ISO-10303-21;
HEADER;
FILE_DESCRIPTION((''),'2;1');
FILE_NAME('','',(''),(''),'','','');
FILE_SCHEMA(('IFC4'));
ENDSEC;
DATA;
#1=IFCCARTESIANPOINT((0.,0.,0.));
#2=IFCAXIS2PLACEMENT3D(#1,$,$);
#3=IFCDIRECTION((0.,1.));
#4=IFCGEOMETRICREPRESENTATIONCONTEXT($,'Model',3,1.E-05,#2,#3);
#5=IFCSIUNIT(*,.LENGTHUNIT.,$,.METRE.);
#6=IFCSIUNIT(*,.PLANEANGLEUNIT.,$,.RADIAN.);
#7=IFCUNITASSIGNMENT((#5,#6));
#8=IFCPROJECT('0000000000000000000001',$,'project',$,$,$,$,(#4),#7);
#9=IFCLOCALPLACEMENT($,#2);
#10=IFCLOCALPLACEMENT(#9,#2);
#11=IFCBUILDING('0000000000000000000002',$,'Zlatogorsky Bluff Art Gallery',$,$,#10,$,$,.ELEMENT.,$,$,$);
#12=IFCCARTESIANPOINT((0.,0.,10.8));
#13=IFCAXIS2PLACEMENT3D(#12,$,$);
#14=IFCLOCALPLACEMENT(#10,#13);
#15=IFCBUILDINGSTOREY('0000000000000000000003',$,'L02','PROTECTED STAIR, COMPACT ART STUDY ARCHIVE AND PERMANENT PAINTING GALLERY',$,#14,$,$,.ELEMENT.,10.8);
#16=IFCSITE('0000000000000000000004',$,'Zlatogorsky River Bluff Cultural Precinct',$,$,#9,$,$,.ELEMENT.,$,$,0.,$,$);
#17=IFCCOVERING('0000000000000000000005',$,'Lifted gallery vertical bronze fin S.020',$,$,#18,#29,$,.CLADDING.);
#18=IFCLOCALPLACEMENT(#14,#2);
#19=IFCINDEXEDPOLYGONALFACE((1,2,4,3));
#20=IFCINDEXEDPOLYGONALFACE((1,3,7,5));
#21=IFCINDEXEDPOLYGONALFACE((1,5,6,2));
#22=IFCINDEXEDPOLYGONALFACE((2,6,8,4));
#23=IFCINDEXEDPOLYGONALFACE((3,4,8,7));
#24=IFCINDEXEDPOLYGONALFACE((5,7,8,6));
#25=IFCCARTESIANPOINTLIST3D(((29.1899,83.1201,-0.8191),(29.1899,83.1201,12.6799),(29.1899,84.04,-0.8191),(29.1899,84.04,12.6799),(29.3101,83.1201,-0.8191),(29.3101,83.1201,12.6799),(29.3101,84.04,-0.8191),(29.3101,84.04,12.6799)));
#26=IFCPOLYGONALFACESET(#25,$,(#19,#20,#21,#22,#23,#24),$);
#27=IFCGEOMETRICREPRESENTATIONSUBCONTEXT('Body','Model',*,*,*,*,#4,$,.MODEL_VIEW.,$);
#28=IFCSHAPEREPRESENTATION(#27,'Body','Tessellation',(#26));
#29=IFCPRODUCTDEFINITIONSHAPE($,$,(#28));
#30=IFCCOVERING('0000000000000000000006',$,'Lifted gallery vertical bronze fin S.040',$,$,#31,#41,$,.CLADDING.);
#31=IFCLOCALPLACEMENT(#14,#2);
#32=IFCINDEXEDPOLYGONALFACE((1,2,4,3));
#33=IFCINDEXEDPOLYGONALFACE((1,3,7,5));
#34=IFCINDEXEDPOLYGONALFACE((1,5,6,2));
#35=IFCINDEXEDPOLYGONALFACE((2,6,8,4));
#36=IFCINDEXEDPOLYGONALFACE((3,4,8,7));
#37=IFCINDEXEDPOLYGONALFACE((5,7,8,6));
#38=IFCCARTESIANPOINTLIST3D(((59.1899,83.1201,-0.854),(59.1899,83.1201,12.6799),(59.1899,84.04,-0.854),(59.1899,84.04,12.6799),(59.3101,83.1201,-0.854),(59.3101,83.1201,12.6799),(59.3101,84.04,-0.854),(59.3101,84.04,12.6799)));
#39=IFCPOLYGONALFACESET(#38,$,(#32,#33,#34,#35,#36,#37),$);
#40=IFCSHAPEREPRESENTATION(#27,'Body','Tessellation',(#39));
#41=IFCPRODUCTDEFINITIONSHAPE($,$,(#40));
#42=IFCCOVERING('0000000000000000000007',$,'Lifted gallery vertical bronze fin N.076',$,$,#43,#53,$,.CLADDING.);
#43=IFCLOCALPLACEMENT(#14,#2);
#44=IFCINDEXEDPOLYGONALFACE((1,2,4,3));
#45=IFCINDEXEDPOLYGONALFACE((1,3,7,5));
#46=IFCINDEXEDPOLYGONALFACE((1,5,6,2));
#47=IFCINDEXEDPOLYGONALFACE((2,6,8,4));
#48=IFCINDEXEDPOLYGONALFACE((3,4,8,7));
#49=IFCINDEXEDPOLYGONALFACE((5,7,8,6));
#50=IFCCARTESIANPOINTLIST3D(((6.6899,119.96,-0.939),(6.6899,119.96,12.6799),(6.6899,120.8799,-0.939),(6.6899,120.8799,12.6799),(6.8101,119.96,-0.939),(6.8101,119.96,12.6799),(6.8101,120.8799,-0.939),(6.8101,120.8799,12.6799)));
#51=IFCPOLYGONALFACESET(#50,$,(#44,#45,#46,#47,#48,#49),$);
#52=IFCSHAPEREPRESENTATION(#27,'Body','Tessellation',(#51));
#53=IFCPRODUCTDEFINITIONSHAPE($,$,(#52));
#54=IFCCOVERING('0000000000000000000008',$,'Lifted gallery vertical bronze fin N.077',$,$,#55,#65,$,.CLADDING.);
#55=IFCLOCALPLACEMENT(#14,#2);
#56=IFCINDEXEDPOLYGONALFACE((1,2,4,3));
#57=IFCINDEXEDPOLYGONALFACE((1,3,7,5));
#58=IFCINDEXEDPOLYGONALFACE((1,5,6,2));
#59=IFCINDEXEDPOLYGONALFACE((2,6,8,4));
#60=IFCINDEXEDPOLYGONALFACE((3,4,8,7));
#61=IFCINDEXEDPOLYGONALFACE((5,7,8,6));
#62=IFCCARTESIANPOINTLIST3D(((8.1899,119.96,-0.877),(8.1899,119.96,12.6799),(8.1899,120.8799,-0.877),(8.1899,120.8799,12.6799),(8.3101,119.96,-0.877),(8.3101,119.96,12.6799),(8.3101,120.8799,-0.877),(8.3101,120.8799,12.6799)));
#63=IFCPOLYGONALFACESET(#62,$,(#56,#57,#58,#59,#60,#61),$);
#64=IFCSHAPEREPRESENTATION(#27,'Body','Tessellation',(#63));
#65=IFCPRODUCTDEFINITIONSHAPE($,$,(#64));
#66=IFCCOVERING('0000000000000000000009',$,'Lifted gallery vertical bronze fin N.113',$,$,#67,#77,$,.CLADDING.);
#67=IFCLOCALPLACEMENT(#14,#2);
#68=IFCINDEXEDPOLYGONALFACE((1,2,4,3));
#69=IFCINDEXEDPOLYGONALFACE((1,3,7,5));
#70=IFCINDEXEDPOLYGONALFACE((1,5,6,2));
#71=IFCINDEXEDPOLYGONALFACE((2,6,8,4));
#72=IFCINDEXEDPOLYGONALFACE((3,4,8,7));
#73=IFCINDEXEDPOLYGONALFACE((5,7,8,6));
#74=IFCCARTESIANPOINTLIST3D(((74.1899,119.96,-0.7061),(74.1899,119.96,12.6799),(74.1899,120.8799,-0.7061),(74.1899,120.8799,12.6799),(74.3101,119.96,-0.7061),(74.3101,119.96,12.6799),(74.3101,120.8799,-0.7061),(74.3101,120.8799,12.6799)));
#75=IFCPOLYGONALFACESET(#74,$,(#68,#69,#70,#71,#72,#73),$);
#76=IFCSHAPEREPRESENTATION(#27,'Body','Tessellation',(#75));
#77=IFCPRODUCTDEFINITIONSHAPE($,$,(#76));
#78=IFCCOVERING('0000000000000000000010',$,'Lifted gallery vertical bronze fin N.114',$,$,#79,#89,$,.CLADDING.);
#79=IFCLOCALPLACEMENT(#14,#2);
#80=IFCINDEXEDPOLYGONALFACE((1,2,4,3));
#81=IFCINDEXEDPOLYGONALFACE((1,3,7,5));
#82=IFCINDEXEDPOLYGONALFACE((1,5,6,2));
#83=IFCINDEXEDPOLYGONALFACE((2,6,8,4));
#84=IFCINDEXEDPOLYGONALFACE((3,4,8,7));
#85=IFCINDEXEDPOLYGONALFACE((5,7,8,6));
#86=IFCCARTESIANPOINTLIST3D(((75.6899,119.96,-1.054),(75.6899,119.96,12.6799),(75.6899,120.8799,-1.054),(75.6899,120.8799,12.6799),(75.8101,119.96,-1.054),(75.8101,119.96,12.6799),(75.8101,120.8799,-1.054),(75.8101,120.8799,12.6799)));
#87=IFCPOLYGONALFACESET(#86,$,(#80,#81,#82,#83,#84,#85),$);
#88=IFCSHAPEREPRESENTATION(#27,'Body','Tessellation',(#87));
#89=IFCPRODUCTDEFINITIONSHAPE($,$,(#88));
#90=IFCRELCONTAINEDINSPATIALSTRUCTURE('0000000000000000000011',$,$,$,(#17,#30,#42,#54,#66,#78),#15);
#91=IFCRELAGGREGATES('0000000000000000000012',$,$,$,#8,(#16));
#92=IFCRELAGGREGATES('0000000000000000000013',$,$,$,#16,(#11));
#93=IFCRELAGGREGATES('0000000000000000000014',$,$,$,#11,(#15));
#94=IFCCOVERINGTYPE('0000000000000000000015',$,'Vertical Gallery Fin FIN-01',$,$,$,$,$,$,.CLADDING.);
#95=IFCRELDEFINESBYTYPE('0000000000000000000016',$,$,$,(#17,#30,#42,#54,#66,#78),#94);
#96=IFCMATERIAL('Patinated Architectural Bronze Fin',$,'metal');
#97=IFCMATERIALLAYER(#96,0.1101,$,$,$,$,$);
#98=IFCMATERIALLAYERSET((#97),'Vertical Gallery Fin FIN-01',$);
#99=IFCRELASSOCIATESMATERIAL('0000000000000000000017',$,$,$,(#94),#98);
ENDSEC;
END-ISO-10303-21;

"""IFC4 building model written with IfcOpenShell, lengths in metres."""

from ifc_helpers import new_model, si_unit, direction, frame, origin, place, context, subcontext, project, spatial, polyline, outline, extrude, material, layer, layer_set, type_object, element, save


model = new_model("IFC4")

# Units and contexts
model_context = context("Model", 3, precision=1e-05, world=origin(), true_north=direction((0.0, 1.0)))
body_context = subcontext(model_context, "Body", "Model", "MODEL_VIEW")
ifc_project = project(units=[si_unit("LENGTHUNIT", "METRE"), si_unit("PLANEANGLEUNIT", "RADIAN")], contexts=[model_context])

# Site, building, storey
site_placement = place(None, origin())
site = spatial("IfcSite", under=ifc_project, at=site_placement, Name="Zlatogorsky River Bluff Cultural Precinct", CompositionType="ELEMENT", RefElevation=0.0)
building_placement = place(site_placement, origin())
building = spatial("IfcBuilding", under=site, at=building_placement, Name="Zlatogorsky Bluff Art Gallery", CompositionType="ELEMENT")
storey_placement = place(building_placement, frame((0.0, 0.0, 10.8)))
storey = spatial("IfcBuildingStorey", under=building, at=storey_placement, Name="L02", Description="PROTECTED STAIR, COMPACT ART STUDY ARCHIVE AND PERMANENT PAINTING GALLERY", CompositionType="ELEMENT", Elevation=10.8)

# Coverings
ifc_material_1 = material(Name="Patinated Architectural Bronze Fin", Category="metal")
ifc_layer_1 = layer(ifc_material_1, 0.1101)
ifc_layer_set_1 = layer_set([ifc_layer_1], Name="Vertical Gallery Fin FIN-01")
covering_type_1 = type_object("IfcCoveringType", Name="Vertical Gallery Fin FIN-01", PredefinedType="CLADDING", material=ifc_layer_set_1)
covering_1_placement = place(storey_placement, frame((0.0, 0.0, -0.8191)))
element("IfcCovering", 1, at=covering_1_placement, inside=storey, type_object=covering_type_1, Name="Lifted gallery vertical bronze fin S.020", PredefinedType="CLADDING", context=body_context, shape_type="SweptSolid", body=[
    extrude(outline(polyline([(29.1899, 83.1201), (29.3101, 83.1201), (29.3101, 84.04), (29.1899, 84.04), (29.1899, 83.1201)])), origin(), (0.0, 0.0, 1.0), 13.499),
])
covering_2_placement = place(storey_placement, frame((0.0, 0.0, -0.854)))
element("IfcCovering", 2, at=covering_2_placement, inside=storey, type_object=covering_type_1, Name="Lifted gallery vertical bronze fin S.040", PredefinedType="CLADDING", context=body_context, shape_type="SweptSolid", body=[
    extrude(outline(polyline([(59.1899, 83.1201), (59.3101, 83.1201), (59.3101, 84.04), (59.1899, 84.04), (59.1899, 83.1201)])), origin(), (0.0, 0.0, 1.0), 13.5339),
])
covering_3_placement = place(storey_placement, frame((0.0, 0.0, -0.939)))
element("IfcCovering", 3, at=covering_3_placement, inside=storey, type_object=covering_type_1, Name="Lifted gallery vertical bronze fin N.076", PredefinedType="CLADDING", context=body_context, shape_type="SweptSolid", body=[
    extrude(outline(polyline([(6.6899, 119.96), (6.8101, 119.96), (6.8101, 120.8799), (6.6899, 120.8799), (6.6899, 119.96)])), origin(), (0.0, 0.0, 1.0), 13.6189),
])
covering_4_placement = place(storey_placement, frame((0.0, 0.0, -0.877)))
element("IfcCovering", 4, at=covering_4_placement, inside=storey, type_object=covering_type_1, Name="Lifted gallery vertical bronze fin N.077", PredefinedType="CLADDING", context=body_context, shape_type="SweptSolid", body=[
    extrude(outline(polyline([(8.1899, 119.96), (8.3101, 119.96), (8.3101, 120.8799), (8.1899, 120.8799), (8.1899, 119.96)])), origin(), (0.0, 0.0, 1.0), 13.5569),
])
covering_5_placement = place(storey_placement, frame((0.0, 0.0, -0.7061)))
element("IfcCovering", 5, at=covering_5_placement, inside=storey, type_object=covering_type_1, Name="Lifted gallery vertical bronze fin N.113", PredefinedType="CLADDING", context=body_context, shape_type="SweptSolid", body=[
    extrude(outline(polyline([(74.1899, 119.96), (74.3101, 119.96), (74.3101, 120.8799), (74.1899, 120.8799), (74.1899, 119.96)])), origin(), (0.0, 0.0, 1.0), 13.386),
])
covering_6_placement = place(storey_placement, frame((0.0, 0.0, -1.054)))
element("IfcCovering", 6, at=covering_6_placement, inside=storey, type_object=covering_type_1, Name="Lifted gallery vertical bronze fin N.114", PredefinedType="CLADDING", context=body_context, shape_type="SweptSolid", body=[
    extrude(outline(polyline([(75.6899, 119.96), (75.8101, 119.96), (75.8101, 120.8799), (75.6899, 120.8799), (75.6899, 119.96)])), origin(), (0.0, 0.0, 1.0), 13.7339),
])

save(model, "model.ifc")
